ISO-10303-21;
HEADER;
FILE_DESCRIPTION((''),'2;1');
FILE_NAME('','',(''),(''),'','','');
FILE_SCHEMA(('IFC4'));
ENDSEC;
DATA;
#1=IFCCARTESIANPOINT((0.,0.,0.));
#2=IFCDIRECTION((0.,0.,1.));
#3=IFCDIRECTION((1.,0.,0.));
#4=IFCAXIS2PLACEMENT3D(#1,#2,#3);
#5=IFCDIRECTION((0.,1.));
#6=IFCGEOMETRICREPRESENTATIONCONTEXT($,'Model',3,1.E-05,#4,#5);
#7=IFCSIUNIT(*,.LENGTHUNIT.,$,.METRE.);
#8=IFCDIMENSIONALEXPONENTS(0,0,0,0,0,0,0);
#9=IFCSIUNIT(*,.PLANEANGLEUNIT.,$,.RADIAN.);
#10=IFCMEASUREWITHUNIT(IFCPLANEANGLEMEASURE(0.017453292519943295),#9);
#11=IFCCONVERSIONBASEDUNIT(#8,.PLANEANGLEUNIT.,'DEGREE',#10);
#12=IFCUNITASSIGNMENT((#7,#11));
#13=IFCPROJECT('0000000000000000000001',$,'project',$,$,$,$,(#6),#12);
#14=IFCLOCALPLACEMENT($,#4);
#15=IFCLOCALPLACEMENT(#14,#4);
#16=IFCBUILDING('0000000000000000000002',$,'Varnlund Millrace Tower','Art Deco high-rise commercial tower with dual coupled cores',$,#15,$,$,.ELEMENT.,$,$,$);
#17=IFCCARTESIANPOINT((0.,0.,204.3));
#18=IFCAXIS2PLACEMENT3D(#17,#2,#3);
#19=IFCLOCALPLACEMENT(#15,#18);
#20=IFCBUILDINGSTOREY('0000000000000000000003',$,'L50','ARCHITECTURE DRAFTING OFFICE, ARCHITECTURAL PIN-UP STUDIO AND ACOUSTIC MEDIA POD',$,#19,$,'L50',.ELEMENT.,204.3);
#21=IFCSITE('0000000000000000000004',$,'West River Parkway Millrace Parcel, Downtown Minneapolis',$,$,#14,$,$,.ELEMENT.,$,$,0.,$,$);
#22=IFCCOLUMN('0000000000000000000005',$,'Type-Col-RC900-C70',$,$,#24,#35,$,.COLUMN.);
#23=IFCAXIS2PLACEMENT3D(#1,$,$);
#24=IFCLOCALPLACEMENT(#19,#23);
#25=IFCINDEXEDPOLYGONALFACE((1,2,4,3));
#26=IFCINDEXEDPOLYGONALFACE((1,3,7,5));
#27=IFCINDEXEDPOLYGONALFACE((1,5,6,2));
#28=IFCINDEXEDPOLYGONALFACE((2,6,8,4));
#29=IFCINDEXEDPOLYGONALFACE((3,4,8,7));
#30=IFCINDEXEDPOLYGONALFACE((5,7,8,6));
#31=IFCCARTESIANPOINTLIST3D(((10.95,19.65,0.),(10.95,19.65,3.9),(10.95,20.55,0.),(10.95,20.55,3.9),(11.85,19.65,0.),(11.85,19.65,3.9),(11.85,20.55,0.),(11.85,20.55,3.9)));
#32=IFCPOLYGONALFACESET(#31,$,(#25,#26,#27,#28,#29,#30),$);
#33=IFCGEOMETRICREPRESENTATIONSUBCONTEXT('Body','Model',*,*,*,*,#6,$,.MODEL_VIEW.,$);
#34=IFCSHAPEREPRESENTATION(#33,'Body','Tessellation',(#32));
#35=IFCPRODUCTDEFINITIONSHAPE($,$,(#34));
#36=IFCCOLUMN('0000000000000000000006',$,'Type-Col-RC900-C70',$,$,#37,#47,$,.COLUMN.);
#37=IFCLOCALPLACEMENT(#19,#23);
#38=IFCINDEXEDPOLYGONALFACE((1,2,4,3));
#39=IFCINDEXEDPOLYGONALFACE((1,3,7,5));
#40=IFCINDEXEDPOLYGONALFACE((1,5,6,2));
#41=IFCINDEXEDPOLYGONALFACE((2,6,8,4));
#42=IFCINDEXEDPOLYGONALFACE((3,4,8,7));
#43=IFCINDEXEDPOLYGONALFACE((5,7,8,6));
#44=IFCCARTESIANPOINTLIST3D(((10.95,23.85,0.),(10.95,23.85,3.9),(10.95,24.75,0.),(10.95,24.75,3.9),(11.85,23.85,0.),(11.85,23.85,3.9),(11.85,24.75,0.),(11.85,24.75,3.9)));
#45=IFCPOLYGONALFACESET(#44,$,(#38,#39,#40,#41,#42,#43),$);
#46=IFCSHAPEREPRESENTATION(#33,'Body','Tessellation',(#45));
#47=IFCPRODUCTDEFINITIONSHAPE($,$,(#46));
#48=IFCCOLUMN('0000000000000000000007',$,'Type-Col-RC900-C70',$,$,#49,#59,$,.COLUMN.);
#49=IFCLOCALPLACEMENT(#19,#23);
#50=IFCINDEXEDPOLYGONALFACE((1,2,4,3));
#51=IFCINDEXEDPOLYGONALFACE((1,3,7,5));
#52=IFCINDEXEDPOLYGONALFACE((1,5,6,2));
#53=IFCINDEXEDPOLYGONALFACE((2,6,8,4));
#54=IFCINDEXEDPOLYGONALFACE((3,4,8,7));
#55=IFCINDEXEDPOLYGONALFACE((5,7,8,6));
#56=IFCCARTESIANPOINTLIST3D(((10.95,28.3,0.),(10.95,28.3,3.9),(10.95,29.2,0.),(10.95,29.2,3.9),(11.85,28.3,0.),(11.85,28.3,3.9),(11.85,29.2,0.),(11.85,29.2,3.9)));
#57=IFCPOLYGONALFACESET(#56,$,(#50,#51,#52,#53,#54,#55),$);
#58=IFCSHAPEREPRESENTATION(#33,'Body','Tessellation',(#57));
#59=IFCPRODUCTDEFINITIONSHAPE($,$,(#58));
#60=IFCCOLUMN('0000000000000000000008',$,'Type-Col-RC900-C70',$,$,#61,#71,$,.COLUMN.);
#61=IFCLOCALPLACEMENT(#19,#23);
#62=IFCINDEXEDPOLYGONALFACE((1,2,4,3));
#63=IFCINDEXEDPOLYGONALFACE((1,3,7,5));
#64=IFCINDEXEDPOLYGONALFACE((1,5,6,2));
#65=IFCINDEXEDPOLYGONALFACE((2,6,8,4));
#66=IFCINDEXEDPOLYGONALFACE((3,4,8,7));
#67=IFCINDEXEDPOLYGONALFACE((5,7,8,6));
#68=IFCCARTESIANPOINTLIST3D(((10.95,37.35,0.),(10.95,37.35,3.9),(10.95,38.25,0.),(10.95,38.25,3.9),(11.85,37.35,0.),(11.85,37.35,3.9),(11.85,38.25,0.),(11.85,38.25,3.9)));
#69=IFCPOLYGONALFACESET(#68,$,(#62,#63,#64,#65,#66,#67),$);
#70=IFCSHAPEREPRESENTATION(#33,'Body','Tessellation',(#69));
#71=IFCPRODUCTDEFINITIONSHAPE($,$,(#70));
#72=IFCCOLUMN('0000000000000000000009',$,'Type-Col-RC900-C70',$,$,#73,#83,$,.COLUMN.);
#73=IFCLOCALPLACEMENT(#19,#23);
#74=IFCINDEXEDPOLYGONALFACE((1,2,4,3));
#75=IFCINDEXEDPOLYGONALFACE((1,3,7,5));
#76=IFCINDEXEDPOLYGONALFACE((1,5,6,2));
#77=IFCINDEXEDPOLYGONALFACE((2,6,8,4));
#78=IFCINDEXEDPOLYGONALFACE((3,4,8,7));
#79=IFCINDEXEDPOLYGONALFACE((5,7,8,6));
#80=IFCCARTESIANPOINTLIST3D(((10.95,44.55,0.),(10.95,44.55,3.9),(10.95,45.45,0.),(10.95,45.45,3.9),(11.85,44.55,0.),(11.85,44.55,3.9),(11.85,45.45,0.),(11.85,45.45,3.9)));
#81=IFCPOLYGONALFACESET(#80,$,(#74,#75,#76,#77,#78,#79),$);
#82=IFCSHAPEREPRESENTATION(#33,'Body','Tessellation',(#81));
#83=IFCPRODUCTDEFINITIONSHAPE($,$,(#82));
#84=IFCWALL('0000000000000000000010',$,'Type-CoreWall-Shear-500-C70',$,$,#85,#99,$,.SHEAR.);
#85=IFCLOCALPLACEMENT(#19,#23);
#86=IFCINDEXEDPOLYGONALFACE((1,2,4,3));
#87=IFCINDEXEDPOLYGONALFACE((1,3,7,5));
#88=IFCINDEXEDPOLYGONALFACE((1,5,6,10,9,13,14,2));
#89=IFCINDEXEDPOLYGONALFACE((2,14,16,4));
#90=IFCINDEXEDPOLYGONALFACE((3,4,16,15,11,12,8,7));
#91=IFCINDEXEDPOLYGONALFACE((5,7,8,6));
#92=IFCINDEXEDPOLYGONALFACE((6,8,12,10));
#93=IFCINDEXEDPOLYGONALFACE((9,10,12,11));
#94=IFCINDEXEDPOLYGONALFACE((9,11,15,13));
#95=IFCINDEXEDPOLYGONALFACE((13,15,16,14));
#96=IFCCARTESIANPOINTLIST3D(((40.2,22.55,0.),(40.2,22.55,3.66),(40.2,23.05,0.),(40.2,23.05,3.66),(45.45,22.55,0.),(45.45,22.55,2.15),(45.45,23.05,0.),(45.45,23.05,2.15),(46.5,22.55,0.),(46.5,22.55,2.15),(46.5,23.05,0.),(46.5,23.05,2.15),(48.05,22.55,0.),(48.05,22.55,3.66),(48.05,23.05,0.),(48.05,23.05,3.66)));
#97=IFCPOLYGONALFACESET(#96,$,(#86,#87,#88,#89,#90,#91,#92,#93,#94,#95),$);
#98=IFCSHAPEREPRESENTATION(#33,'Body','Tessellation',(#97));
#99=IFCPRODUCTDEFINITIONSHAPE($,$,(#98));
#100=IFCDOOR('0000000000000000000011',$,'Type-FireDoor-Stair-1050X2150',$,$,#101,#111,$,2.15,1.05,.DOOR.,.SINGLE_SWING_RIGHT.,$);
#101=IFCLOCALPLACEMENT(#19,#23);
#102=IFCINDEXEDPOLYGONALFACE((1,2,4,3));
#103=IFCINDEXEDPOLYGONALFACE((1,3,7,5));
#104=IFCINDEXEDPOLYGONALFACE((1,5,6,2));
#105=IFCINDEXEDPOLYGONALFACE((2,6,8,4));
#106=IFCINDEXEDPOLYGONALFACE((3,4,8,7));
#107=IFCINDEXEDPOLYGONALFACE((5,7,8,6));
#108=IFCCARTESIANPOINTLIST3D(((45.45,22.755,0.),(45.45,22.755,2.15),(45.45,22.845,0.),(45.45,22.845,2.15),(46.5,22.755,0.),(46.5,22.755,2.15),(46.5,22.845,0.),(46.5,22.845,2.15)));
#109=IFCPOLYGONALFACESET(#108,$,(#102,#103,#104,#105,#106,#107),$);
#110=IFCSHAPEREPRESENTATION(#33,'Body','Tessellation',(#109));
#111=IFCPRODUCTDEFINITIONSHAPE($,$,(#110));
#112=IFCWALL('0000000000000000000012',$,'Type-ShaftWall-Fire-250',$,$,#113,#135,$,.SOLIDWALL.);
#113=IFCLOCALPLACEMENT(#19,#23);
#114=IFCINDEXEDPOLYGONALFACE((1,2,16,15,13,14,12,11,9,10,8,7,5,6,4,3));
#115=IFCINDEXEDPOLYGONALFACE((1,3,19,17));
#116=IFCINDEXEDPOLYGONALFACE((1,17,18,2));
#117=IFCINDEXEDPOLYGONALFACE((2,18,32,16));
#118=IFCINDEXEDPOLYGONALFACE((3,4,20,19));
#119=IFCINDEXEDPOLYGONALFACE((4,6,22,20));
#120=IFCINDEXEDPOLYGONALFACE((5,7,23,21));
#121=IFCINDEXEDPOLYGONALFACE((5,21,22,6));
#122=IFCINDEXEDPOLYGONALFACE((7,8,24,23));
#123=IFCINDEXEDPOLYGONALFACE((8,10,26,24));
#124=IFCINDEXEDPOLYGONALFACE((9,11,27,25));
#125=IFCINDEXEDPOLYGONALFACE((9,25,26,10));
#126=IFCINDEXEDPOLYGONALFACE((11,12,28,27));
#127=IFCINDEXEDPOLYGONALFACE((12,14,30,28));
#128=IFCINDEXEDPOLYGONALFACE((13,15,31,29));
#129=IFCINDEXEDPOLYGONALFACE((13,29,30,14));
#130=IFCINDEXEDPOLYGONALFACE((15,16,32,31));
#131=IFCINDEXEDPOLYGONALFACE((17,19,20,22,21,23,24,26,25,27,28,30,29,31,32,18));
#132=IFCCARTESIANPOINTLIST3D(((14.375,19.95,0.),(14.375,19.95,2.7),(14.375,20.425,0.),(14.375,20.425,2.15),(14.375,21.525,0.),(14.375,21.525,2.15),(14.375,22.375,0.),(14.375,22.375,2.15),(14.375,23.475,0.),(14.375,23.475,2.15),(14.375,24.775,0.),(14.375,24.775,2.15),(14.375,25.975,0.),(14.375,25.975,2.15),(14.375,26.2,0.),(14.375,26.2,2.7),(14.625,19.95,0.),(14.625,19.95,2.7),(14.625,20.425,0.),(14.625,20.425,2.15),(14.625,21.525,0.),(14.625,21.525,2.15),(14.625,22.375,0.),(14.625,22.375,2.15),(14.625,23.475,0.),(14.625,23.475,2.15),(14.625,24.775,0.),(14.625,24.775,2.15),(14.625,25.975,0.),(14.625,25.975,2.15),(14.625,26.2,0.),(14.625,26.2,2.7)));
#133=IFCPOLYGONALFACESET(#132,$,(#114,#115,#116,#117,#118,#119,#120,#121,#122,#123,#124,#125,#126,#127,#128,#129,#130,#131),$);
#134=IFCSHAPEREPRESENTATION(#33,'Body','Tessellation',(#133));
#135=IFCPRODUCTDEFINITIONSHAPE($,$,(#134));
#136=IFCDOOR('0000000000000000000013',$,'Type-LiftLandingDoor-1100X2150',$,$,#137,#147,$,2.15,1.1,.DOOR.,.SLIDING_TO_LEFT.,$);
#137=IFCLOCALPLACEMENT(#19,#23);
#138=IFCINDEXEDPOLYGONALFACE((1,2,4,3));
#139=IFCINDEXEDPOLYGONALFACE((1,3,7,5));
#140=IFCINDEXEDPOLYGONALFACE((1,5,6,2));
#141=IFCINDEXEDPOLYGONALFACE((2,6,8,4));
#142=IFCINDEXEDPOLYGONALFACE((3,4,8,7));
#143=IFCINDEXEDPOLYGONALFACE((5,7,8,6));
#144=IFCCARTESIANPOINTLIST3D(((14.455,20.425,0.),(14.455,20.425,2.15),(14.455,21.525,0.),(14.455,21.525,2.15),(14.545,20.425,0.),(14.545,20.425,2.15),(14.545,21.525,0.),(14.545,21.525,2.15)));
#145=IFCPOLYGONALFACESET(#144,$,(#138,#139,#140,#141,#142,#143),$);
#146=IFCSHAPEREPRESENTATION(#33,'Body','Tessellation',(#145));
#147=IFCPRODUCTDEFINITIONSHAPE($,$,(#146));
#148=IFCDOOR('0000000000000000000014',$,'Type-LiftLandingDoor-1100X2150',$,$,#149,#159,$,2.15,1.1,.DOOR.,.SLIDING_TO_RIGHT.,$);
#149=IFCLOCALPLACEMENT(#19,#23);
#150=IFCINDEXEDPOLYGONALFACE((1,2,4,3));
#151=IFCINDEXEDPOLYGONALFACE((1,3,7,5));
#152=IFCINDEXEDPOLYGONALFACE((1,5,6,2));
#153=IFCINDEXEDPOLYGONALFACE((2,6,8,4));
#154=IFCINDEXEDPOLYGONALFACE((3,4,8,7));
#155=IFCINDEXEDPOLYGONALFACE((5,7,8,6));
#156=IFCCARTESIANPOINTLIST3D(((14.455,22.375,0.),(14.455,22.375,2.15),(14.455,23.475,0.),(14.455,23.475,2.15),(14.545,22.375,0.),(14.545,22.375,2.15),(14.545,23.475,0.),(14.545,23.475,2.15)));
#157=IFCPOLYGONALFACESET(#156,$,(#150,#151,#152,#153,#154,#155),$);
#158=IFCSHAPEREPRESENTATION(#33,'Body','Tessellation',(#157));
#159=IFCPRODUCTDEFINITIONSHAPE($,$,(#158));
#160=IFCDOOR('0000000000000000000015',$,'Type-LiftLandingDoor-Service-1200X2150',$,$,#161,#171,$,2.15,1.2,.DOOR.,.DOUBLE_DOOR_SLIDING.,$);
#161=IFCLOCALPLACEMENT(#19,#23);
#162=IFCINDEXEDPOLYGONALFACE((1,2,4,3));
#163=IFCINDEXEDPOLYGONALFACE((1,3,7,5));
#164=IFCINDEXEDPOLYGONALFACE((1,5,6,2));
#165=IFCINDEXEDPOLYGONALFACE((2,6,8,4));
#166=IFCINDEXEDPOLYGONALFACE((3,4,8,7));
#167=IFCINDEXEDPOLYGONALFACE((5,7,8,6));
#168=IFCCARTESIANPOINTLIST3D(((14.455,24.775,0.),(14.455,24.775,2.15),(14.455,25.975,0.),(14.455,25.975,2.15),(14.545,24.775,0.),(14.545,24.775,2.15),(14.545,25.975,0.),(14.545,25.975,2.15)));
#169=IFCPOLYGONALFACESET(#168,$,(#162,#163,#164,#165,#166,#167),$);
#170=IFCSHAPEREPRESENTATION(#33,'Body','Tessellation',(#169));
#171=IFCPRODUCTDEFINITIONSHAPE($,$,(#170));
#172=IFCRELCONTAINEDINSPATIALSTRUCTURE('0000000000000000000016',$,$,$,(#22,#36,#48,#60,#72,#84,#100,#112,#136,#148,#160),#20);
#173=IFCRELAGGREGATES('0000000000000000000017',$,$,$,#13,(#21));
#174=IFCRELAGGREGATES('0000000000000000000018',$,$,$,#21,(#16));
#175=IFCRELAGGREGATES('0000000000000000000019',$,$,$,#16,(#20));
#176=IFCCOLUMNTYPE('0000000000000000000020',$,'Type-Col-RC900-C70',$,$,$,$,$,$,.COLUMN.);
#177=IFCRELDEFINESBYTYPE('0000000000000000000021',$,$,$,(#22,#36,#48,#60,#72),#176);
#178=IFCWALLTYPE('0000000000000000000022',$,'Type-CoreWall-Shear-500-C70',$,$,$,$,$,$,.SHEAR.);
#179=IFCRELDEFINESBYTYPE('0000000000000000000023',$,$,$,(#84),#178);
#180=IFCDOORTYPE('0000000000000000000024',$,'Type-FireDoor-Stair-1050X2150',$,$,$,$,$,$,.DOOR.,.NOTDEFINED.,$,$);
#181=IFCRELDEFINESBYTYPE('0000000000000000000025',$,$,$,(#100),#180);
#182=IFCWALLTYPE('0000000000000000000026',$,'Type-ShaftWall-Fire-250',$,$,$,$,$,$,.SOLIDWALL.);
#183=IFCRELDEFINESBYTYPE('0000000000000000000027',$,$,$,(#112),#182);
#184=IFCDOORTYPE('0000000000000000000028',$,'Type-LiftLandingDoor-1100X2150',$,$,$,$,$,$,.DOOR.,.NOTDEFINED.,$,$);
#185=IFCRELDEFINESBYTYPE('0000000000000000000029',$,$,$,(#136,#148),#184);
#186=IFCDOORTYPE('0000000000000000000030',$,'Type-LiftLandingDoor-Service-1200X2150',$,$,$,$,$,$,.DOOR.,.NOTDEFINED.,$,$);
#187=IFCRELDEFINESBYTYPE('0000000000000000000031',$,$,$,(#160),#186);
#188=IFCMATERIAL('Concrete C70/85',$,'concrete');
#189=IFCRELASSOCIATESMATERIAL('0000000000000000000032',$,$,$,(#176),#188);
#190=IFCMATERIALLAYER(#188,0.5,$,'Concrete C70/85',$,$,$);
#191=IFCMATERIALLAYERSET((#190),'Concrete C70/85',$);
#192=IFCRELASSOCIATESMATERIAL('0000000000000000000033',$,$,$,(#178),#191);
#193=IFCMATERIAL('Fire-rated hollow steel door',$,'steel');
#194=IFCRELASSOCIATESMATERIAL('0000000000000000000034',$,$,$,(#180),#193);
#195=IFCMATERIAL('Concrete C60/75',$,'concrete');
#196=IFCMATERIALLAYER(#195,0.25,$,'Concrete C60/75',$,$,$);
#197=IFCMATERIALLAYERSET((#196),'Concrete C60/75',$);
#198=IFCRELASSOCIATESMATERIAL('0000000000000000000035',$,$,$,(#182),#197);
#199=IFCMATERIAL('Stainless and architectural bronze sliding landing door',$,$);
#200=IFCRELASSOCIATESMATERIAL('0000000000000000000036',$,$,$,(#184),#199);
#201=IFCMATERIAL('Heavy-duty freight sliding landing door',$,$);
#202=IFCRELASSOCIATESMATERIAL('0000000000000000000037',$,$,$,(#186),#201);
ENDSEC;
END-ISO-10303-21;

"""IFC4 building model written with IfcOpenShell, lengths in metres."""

from ifc_helpers import new_model, entity, si_unit, converted_unit, direction, frame, origin_with_axes, origin_2d_with_axis, place, context, subcontext, project, spatial, polyline, rectangle, outline, extrude, material, layer, layer_set, material_profile, profile_set, type_object, element, fill, save


model = new_model("IFC4")

# Units and contexts
model_context = context("Model", 3, precision=1e-05, world=origin_with_axes(), true_north=direction((0.0, 1.0)))
body_context = subcontext(model_context, "Body", "Model", "MODEL_VIEW")
ifc_project = project(units=[si_unit("LENGTHUNIT", "METRE"), converted_unit("PLANEANGLEUNIT", "DEGREE", entity("IfcPlaneAngleMeasure", 0.017453292519943295), si_unit("PLANEANGLEUNIT", "RADIAN"), dimensions=[0, 0, 0, 0, 0, 0, 0])], contexts=[model_context])

# Site, building, storey
site_placement = place(None, origin_with_axes())
site = spatial("IfcSite", under=ifc_project, at=site_placement, Name="West River Parkway Millrace Parcel, Downtown Minneapolis", CompositionType="ELEMENT", RefElevation=0.0)
building_placement = place(site_placement, origin_with_axes())
building = spatial("IfcBuilding", under=site, at=building_placement, Name="Varnlund Millrace Tower", Description="Art Deco high-rise commercial tower with dual coupled cores", CompositionType="ELEMENT")
storey_placement = place(building_placement, frame((0.0, 0.0, 204.3), z_axis=(0.0, 0.0, 1.0), x_axis=(1.0, 0.0, 0.0)))
storey = spatial("IfcBuildingStorey", under=building, at=storey_placement, Name="L50", Description="ARCHITECTURE DRAFTING OFFICE, ARCHITECTURAL PIN-UP STUDIO AND ACOUSTIC MEDIA POD", LongName="L50", CompositionType="ELEMENT", Elevation=204.3)

# Columns
ifc_material_1 = material(Name="Concrete C70/85", Category="concrete")
ifc_material_profile = material_profile(ifc_material_1, rectangle(XDim=0.9, YDim=0.9, at=origin_2d_with_axis()), Name="Concrete C70/85")
ifc_profile_set = profile_set([ifc_material_profile], Name="Concrete C70/85")
column_type = type_object("IfcColumnType", Name="Type-Col-RC900-C70", PredefinedType="COLUMN", material=ifc_profile_set)
for number, where, z_axis, x_axis, name in (
    (1, (11.4, 20.1, 0.0), (0.0, 0.0, 1.0), (1.0, 0.0, 0.0), "Type-Col-RC900-C70"),
    (2, (11.4, 24.3, 0.0), (0.0, 0.0, 1.0), (1.0, 0.0, 0.0), "Type-Col-RC900-C70"),
    (3, (11.4, 28.75, 0.0), (0.0, 0.0, 1.0), (1.0, 0.0, 0.0), "Type-Col-RC900-C70"),
    (4, (11.4, 37.8, 0.0), (0.0, 0.0, 1.0), (1.0, 0.0, 0.0), "Type-Col-RC900-C70"),
    (5, (11.4, 45.0, 0.0), (0.0, 0.0, 1.0), (1.0, 0.0, 0.0), "Type-Col-RC900-C70"),
):
    element("IfcColumn", number, at=place(storey_placement, frame(where, z_axis=z_axis, x_axis=x_axis)), inside=storey, type_object=column_type, Name=name, PredefinedType="COLUMN", context=body_context, shape_type="SweptSolid", body=[
        extrude(rectangle(XDim=0.9, YDim=0.9, at=origin_2d_with_axis()), origin_with_axes(), (0.0, 0.0, 1.0), 3.9),
    ])

# Wall, opening, door
ifc_layer_1 = layer(ifc_material_1, 0.5, Name="Concrete C70/85")
ifc_layer_set_1 = layer_set([ifc_layer_1], Name="Concrete C70/85")
wall_type_1 = type_object("IfcWallType", Name="Type-CoreWall-Shear-500-C70", PredefinedType="SHEAR", material=ifc_layer_set_1)
wall_1_placement = place(storey_placement, frame((40.2, 22.8, 0.0), z_axis=(0.0, 0.0, 1.0), x_axis=(1.0, 0.0, 0.0)))
wall_1 = element("IfcWall", 6, at=wall_1_placement, inside=storey, type_object=wall_type_1, Name="Type-CoreWall-Shear-500-C70", PredefinedType="SHEAR", context=body_context, shape_type="SweptSolid", body=[
    extrude(outline(polyline([(0.0, -0.25), (7.85, -0.25), (7.85, 0.25), (0.0, 0.25), (0.0, -0.25)])), origin_with_axes(), (0.0, 0.0, 1.0), 3.66),
])
opening_1_placement = place(wall_1_placement, frame((5.775, 0.0, 0.0), z_axis=(0.0, 0.0, 1.0), x_axis=(1.0, 0.0, 0.0)))
opening_1 = element("IfcOpeningElement", 7, at=opening_1_placement, cuts=wall_1, PredefinedType="OPENING", context=body_context, shape_type="SweptSolid", body=[
    extrude(rectangle(XDim=1.05, YDim=0.52, at=origin_2d_with_axis()), origin_with_axes(), (0.0, 0.0, 1.0), 2.15),
])
ifc_material_2 = material(Name="Fire-rated hollow steel door", Category="steel")
door_type_1 = type_object("IfcDoorType", Name="Type-FireDoor-Stair-1050X2150", OperationType="NOTDEFINED", PredefinedType="DOOR", material=ifc_material_2)
door_1_placement = place(wall_1_placement, frame((5.775, 0.0, 0.0), z_axis=(0.0, 0.0, 1.0), x_axis=(1.0, 0.0, 0.0)))
door_1 = element("IfcDoor", 8, at=door_1_placement, inside=storey, type_object=door_type_1, Name="Type-FireDoor-Stair-1050X2150", OperationType="SINGLE_SWING_RIGHT", OverallHeight=2.15, OverallWidth=1.05, PredefinedType="DOOR", context=body_context, shape_type="SweptSolid", body=[
    extrude(rectangle(XDim=1.05, YDim=0.09, at=origin_2d_with_axis()), origin_with_axes(), (0.0, 0.0, 1.0), 2.15),
])
fill(opening_1, door_1)

# Wall, openings, doors
ifc_material_3 = material(Name="Concrete C60/75", Category="concrete")
ifc_layer_2 = layer(ifc_material_3, 0.25, Name="Concrete C60/75")
ifc_layer_set_2 = layer_set([ifc_layer_2], Name="Concrete C60/75")
wall_type_2 = type_object("IfcWallType", Name="Type-ShaftWall-Fire-250", PredefinedType="SOLIDWALL", material=ifc_layer_set_2)
wall_2_placement = place(storey_placement, frame((14.5, 19.95, 0.0), z_axis=(0.0, 0.0, 1.0), x_axis=(0.0, 1.0, 0.0)))
wall_2 = element("IfcWall", 9, at=wall_2_placement, inside=storey, type_object=wall_type_2, Name="Type-ShaftWall-Fire-250", PredefinedType="SOLIDWALL", context=body_context, shape_type="SweptSolid", body=[
    extrude(outline(polyline([(0.0, -0.125), (6.25, -0.125), (6.25, 0.125), (0.0, 0.125), (0.0, -0.125)])), origin_with_axes(), (0.0, 0.0, 1.0), 2.7),
])
opening_2_placement = place(wall_2_placement, frame((1.025, 0.0, 0.0), z_axis=(0.0, 0.0, 1.0), x_axis=(1.0, 0.0, 0.0)))
opening_2 = element("IfcOpeningElement", 10, at=opening_2_placement, cuts=wall_2, PredefinedType="OPENING", context=body_context, shape_type="SweptSolid", body=[
    extrude(rectangle(XDim=1.1, YDim=0.27, at=origin_2d_with_axis()), origin_with_axes(), (0.0, 0.0, 1.0), 2.15),
])
opening_3_placement = place(wall_2_placement, frame((2.975, 0.0, 0.0), z_axis=(0.0, 0.0, 1.0), x_axis=(1.0, 0.0, 0.0)))
opening_3 = element("IfcOpeningElement", 11, at=opening_3_placement, cuts=wall_2, PredefinedType="OPENING", context=body_context, shape_type="SweptSolid", body=[
    extrude(rectangle(XDim=1.1, YDim=0.27, at=origin_2d_with_axis()), origin_with_axes(), (0.0, 0.0, 1.0), 2.15),
])
opening_4_placement = place(wall_2_placement, frame((5.425, 0.0, 0.0), z_axis=(0.0, 0.0, 1.0), x_axis=(1.0, 0.0, 0.0)))
opening_4 = element("IfcOpeningElement", 12, at=opening_4_placement, cuts=wall_2, PredefinedType="OPENING", context=body_context, shape_type="SweptSolid", body=[
    extrude(rectangle(XDim=1.2, YDim=0.27, at=origin_2d_with_axis()), origin_with_axes(), (0.0, 0.0, 1.0), 2.15),
])
ifc_material_4 = material(Name="Stainless and architectural bronze sliding landing door")
door_type_2 = type_object("IfcDoorType", Name="Type-LiftLandingDoor-1100X2150", OperationType="NOTDEFINED", PredefinedType="DOOR", material=ifc_material_4)
door_2_placement = place(wall_2_placement, frame((1.025, 0.0, 0.0), z_axis=(0.0, 0.0, 1.0), x_axis=(1.0, 0.0, 0.0)))
door_2 = element("IfcDoor", 13, at=door_2_placement, inside=storey, type_object=door_type_2, Name="Type-LiftLandingDoor-1100X2150", OperationType="SLIDING_TO_LEFT", OverallHeight=2.15, OverallWidth=1.1, PredefinedType="DOOR", context=body_context, shape_type="SweptSolid", body=[
    extrude(rectangle(XDim=1.1, YDim=0.09, at=origin_2d_with_axis()), origin_with_axes(), (0.0, 0.0, 1.0), 2.15),
])
fill(opening_2, door_2)
door_3_placement = place(wall_2_placement, frame((2.975, 0.0, 0.0), z_axis=(0.0, 0.0, 1.0), x_axis=(1.0, 0.0, 0.0)))
door_3 = element("IfcDoor", 14, at=door_3_placement, inside=storey, type_object=door_type_2, Name="Type-LiftLandingDoor-1100X2150", OperationType="SLIDING_TO_RIGHT", OverallHeight=2.15, OverallWidth=1.1, PredefinedType="DOOR", context=body_context, shape_type="SweptSolid", body=[
    extrude(rectangle(XDim=1.1, YDim=0.09, at=origin_2d_with_axis()), origin_with_axes(), (0.0, 0.0, 1.0), 2.15),
])
fill(opening_3, door_3)
ifc_material_5 = material(Name="Heavy-duty freight sliding landing door")
door_type_3 = type_object("IfcDoorType", Name="Type-LiftLandingDoor-Service-1200X2150", OperationType="NOTDEFINED", PredefinedType="DOOR", material=ifc_material_5)
door_4_placement = place(wall_2_placement, frame((5.425, 0.0, 0.0), z_axis=(0.0, 0.0, 1.0), x_axis=(1.0, 0.0, 0.0)))
door_4 = element("IfcDoor", 15, at=door_4_placement, inside=storey, type_object=door_type_3, Name="Type-LiftLandingDoor-Service-1200X2150", OperationType="DOUBLE_DOOR_SLIDING", OverallHeight=2.15, OverallWidth=1.2, PredefinedType="DOOR", context=body_context, shape_type="SweptSolid", body=[
    extrude(rectangle(XDim=1.2, YDim=0.09, at=origin_2d_with_axis()), origin_with_axes(), (0.0, 0.0, 1.0), 2.15),
])
fill(opening_4, door_4)

save(model, "model.ifc")
